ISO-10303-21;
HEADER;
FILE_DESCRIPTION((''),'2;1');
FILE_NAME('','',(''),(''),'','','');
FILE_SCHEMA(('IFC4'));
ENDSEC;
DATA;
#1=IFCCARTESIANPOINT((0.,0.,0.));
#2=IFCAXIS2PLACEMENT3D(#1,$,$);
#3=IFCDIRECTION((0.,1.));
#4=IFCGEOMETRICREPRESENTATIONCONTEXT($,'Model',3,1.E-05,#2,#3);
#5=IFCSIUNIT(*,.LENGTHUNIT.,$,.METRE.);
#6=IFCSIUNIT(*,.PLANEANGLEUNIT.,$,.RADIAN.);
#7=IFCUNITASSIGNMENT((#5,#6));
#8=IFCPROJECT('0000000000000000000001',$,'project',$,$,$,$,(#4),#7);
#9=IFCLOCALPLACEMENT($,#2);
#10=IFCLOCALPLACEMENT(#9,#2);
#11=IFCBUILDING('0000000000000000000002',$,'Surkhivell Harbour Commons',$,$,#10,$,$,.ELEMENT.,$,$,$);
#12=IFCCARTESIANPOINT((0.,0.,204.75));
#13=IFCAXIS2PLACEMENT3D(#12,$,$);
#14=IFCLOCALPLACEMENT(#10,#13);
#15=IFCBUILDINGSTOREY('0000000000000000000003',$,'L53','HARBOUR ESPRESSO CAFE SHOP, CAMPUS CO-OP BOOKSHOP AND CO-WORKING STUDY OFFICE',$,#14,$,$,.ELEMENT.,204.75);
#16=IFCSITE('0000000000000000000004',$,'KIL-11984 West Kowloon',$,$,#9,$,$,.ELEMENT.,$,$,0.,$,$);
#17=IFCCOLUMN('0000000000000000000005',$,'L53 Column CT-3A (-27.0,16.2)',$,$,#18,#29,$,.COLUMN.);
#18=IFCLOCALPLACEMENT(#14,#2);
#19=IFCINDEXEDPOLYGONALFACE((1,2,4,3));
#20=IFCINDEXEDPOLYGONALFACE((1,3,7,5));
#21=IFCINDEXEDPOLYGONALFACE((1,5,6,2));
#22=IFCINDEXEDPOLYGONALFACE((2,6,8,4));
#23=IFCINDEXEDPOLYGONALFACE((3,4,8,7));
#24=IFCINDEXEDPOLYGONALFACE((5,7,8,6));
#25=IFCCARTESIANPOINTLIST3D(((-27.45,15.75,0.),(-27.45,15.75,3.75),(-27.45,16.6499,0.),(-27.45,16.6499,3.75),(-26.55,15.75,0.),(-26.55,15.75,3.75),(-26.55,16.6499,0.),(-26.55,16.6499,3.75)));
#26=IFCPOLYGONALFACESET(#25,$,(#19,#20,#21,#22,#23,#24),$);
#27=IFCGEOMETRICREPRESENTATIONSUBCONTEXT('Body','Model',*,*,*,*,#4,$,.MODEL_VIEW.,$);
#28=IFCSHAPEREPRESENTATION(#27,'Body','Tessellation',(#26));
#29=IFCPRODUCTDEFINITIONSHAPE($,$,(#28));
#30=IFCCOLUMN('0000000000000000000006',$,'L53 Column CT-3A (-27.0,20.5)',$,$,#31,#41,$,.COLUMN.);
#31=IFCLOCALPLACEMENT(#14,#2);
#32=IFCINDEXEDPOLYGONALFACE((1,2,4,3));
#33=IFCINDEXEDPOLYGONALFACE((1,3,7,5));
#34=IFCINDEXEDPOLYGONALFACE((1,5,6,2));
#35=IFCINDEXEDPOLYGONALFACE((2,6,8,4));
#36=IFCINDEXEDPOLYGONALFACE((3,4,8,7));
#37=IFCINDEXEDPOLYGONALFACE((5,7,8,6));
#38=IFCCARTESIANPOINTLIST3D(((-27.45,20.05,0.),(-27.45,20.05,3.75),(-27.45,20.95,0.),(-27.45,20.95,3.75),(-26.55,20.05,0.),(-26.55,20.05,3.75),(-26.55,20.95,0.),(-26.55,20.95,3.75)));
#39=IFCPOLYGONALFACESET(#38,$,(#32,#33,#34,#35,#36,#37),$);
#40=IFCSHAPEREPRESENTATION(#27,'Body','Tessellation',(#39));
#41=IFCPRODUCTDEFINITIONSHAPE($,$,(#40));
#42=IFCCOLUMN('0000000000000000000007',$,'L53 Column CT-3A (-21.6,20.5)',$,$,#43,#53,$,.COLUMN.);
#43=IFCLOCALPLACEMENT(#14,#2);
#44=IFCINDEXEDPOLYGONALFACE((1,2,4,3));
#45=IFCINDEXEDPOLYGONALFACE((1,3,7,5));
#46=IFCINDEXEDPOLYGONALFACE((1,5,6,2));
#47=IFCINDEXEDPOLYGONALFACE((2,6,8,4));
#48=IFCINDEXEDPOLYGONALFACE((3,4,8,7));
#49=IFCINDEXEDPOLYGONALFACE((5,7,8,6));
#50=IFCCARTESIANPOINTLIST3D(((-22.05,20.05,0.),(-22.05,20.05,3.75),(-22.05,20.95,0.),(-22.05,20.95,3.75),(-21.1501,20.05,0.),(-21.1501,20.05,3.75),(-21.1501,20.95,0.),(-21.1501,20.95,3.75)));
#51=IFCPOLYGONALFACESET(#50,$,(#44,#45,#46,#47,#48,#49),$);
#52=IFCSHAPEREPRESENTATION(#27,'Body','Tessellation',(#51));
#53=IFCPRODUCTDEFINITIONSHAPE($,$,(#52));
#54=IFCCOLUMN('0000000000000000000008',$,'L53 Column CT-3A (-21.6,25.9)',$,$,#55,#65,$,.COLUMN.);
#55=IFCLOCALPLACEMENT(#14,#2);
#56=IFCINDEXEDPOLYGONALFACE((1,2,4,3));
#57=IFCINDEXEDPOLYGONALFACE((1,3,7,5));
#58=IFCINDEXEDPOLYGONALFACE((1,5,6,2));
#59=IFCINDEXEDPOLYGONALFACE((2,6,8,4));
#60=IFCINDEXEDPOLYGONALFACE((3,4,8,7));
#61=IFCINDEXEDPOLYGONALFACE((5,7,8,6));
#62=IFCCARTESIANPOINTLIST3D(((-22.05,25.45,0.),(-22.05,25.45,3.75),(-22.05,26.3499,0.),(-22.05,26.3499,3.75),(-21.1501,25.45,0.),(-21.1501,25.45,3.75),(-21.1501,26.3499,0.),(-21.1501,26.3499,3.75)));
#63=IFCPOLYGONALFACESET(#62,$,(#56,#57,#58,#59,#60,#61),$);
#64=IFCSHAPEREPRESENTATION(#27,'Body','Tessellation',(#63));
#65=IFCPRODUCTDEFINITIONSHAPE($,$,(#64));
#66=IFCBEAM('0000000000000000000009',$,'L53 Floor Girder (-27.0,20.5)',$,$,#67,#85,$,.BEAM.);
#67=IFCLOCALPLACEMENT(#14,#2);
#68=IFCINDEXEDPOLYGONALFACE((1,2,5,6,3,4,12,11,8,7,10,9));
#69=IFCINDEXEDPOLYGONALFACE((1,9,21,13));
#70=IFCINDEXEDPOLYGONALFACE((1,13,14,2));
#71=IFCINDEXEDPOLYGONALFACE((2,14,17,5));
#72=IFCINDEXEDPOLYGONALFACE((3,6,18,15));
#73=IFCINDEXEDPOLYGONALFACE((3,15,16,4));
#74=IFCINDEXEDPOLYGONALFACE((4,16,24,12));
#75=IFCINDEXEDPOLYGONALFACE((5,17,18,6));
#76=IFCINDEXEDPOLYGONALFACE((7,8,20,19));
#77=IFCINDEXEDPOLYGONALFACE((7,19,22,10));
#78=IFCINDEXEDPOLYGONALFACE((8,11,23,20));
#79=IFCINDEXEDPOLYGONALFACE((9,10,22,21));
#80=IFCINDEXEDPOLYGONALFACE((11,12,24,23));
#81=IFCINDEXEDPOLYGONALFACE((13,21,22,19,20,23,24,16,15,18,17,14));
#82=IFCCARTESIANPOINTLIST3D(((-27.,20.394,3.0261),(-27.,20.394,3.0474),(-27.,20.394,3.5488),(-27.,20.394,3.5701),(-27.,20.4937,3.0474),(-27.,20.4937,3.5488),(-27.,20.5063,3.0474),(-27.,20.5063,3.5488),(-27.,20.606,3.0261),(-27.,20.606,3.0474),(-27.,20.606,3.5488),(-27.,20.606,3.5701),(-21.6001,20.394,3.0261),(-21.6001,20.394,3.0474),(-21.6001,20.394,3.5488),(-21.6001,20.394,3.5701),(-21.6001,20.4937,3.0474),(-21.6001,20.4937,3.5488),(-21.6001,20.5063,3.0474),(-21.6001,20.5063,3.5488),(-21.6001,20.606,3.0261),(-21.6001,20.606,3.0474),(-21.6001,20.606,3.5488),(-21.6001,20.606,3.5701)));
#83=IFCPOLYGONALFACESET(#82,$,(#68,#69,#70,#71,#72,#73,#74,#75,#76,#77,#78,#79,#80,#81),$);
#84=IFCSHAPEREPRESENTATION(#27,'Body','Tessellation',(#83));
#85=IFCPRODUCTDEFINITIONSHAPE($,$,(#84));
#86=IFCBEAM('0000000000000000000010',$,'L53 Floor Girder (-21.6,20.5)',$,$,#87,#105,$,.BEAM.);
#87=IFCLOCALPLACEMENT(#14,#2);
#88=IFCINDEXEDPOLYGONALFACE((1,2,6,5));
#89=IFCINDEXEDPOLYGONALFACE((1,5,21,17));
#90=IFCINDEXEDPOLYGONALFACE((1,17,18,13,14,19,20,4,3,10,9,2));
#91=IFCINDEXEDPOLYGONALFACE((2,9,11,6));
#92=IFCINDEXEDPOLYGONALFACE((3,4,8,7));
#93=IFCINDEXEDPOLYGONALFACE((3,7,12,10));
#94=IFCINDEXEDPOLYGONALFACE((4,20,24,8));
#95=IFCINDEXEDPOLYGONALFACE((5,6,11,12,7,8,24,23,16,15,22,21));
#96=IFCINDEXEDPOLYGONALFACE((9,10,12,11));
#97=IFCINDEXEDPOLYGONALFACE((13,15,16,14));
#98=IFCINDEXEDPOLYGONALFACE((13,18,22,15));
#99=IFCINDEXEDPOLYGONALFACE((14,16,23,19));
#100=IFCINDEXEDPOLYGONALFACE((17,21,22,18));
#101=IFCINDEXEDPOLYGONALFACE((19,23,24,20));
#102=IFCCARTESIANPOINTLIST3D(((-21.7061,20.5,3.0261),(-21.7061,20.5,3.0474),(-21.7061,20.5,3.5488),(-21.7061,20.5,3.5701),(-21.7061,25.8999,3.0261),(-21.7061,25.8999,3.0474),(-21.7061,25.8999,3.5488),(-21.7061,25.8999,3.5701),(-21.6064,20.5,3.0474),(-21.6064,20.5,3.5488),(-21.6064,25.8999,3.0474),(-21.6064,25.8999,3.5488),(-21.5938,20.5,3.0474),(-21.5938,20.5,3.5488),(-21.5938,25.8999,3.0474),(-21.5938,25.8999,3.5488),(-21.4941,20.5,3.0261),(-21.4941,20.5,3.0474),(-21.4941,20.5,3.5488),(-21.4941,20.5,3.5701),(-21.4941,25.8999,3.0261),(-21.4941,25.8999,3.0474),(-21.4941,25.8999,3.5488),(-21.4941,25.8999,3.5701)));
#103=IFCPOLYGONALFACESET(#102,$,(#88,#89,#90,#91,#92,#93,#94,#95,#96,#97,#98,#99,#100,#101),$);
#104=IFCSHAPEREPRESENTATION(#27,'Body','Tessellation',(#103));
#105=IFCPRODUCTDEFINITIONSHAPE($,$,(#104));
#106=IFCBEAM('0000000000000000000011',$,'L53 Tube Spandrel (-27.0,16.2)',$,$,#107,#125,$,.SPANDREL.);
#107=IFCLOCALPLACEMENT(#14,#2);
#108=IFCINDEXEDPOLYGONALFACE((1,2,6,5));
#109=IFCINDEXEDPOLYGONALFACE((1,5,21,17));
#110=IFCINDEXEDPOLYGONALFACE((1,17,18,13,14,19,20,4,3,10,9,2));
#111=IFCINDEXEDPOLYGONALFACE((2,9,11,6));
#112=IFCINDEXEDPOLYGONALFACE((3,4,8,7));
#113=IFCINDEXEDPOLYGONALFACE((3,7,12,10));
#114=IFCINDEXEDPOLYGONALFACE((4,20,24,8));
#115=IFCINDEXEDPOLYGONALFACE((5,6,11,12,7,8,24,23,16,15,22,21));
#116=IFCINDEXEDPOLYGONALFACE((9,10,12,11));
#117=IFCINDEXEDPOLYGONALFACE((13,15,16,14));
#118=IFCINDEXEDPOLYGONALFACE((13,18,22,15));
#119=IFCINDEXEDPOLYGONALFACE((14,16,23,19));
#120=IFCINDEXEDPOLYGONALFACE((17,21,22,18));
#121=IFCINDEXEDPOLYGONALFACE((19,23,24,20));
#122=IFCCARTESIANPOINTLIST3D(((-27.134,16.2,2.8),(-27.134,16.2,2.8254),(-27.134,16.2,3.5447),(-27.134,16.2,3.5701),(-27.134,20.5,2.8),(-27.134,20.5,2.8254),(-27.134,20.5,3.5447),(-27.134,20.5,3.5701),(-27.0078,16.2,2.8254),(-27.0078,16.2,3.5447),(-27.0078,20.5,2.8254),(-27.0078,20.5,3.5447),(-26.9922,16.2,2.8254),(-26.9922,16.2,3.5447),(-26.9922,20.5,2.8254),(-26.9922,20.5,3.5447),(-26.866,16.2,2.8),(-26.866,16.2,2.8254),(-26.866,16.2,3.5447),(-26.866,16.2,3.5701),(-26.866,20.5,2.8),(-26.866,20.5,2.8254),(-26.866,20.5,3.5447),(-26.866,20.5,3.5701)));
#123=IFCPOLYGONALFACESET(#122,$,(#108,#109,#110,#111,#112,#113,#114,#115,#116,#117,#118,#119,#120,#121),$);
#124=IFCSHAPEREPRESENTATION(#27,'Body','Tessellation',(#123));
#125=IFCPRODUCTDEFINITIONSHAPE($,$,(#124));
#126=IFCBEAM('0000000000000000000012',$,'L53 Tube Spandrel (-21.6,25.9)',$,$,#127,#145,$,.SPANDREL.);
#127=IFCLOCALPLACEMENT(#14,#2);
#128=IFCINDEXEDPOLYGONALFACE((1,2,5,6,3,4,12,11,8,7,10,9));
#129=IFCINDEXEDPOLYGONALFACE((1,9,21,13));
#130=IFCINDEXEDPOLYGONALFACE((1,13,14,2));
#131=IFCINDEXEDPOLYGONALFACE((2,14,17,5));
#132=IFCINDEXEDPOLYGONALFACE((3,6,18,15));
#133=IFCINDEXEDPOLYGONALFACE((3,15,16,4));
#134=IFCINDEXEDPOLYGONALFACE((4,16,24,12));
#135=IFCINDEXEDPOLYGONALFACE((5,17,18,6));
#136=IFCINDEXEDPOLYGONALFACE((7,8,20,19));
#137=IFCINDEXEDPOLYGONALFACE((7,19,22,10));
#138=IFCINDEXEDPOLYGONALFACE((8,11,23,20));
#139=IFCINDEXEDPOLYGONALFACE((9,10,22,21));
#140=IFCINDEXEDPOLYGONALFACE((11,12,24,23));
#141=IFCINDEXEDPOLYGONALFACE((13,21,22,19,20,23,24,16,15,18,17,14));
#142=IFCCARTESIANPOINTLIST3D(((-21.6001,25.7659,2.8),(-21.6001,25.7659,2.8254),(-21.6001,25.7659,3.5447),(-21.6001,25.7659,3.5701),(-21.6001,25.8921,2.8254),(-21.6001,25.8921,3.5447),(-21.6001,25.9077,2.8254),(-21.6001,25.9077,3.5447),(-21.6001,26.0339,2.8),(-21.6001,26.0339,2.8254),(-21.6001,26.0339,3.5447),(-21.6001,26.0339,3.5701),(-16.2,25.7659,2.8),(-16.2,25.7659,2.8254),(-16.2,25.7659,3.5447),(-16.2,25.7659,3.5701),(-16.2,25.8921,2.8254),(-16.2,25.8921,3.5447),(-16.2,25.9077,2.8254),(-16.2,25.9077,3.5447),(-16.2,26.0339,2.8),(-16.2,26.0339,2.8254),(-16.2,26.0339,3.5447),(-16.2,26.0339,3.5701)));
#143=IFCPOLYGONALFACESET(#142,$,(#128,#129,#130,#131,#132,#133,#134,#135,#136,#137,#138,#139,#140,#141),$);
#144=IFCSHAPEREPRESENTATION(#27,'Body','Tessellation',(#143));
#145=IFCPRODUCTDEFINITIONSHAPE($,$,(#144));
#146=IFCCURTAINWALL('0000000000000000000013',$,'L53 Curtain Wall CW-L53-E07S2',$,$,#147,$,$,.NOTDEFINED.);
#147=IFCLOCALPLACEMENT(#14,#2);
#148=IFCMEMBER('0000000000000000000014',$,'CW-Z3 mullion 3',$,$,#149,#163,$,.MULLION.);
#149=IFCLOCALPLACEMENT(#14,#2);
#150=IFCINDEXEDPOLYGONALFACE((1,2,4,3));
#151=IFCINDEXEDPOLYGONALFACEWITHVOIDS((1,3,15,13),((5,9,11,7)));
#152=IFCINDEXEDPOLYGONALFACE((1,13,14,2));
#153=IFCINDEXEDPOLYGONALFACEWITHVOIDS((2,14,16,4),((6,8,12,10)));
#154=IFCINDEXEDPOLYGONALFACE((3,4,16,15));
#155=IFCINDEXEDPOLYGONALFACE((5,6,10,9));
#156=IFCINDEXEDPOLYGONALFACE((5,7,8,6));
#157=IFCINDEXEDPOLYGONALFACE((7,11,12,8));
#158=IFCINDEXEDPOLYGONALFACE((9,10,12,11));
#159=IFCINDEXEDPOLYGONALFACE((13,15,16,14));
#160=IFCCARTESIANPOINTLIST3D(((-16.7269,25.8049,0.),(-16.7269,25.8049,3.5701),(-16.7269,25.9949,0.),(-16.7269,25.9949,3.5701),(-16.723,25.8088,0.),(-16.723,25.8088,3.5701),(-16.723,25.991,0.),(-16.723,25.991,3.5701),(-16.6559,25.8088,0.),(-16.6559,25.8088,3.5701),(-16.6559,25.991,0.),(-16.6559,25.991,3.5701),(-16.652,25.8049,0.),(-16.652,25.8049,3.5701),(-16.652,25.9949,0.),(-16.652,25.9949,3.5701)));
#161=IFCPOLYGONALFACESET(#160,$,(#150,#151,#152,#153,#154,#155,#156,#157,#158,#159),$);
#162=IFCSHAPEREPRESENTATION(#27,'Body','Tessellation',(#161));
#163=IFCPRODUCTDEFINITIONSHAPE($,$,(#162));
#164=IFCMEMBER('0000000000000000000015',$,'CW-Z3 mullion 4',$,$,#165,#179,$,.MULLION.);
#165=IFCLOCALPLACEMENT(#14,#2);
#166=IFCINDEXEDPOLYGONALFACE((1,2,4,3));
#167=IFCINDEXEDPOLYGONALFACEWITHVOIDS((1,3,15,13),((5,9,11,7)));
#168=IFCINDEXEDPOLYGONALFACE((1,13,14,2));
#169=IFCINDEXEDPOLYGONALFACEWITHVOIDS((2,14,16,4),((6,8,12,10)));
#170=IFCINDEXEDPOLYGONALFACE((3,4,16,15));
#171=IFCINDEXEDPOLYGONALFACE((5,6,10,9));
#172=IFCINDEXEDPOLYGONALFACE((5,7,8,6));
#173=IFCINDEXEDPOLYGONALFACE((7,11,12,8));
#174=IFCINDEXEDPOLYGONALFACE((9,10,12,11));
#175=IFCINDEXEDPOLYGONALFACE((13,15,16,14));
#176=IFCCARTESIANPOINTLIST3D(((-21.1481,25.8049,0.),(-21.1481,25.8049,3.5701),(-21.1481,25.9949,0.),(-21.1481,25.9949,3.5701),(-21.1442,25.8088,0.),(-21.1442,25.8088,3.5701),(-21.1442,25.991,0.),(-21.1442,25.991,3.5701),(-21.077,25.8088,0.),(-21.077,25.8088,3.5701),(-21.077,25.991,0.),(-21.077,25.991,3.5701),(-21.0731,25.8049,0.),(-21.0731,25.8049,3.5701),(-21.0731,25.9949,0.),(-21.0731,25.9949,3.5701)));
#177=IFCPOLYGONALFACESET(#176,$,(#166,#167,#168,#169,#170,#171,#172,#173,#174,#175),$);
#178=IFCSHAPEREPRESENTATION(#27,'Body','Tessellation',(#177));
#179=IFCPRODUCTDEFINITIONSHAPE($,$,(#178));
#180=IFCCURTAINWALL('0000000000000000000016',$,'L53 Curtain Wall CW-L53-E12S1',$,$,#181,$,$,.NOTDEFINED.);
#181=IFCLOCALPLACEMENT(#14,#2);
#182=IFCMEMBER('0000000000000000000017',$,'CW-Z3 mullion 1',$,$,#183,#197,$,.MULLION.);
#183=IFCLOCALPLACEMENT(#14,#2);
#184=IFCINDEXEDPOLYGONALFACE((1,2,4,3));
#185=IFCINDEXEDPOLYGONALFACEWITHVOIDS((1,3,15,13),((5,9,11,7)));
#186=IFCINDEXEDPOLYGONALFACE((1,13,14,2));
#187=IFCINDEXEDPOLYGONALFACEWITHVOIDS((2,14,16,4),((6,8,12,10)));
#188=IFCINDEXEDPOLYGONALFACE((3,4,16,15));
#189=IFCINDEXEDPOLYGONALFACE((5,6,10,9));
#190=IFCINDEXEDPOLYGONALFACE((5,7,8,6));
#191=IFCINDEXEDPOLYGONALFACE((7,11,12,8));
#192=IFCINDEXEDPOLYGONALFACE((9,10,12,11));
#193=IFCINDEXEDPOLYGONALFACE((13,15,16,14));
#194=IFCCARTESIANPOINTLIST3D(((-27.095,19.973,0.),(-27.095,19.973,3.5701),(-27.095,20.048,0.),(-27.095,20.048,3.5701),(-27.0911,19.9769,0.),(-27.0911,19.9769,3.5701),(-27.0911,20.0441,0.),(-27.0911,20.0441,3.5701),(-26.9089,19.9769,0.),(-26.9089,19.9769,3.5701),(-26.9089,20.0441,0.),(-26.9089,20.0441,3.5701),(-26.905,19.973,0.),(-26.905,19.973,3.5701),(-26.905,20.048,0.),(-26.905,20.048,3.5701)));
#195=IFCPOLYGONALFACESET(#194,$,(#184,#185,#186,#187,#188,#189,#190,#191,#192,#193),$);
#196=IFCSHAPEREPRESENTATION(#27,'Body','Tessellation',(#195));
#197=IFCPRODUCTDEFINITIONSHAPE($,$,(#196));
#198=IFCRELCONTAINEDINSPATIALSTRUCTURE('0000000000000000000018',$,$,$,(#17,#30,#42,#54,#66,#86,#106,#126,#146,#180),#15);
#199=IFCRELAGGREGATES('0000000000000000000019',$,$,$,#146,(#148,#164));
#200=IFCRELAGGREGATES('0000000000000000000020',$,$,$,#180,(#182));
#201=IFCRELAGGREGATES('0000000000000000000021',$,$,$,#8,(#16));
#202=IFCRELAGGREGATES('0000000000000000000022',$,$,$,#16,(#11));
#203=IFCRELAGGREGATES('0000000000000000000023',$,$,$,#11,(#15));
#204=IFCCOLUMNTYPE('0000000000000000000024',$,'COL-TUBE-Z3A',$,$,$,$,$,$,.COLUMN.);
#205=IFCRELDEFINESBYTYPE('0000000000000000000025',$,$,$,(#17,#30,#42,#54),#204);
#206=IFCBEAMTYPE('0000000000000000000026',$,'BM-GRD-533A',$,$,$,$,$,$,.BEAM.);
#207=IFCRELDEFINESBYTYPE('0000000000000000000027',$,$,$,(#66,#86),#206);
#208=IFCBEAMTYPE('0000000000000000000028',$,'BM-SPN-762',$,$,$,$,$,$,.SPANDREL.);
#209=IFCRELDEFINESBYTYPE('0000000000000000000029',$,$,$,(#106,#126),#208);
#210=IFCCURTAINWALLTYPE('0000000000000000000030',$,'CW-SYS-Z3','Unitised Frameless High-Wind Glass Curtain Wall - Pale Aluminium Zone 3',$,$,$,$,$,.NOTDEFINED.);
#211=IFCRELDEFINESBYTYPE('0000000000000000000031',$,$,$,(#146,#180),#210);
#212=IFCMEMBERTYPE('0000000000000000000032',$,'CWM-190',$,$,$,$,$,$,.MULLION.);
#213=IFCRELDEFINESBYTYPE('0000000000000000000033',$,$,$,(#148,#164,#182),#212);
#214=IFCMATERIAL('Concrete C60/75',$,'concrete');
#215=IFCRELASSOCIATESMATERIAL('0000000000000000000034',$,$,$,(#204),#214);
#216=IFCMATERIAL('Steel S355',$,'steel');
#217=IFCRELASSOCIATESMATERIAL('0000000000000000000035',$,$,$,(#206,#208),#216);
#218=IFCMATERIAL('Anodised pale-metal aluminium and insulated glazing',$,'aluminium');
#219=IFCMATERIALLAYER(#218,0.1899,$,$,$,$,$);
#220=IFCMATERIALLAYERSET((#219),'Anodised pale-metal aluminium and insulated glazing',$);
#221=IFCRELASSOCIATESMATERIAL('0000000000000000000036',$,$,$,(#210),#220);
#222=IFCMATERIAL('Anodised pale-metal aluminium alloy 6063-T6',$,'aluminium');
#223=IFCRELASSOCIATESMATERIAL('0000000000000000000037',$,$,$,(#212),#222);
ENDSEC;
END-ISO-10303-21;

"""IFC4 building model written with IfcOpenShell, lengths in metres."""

from ifc_helpers import new_model, si_unit, direction, frame, origin, origin_2d, place, context, subcontext, project, spatial, rectangle, hollow_rectangle, i_section, extrude, material, layer, layer_set, material_profile, profile_set, type_object, element, aggregate, save


model = new_model("IFC4")

# Units and contexts
model_context = context("Model", 3, precision=1e-05, world=origin(), true_north=direction((0.0, 1.0)))
body_context = subcontext(model_context, "Body", "Model", "MODEL_VIEW")
ifc_project = project(units=[si_unit("LENGTHUNIT", "METRE"), si_unit("PLANEANGLEUNIT", "RADIAN")], contexts=[model_context])

# Site, building, storey
site_placement = place(None, origin())
site = spatial("IfcSite", under=ifc_project, at=site_placement, Name="KIL-11984 West Kowloon", CompositionType="ELEMENT", RefElevation=0.0)
building_placement = place(site_placement, origin())
building = spatial("IfcBuilding", under=site, at=building_placement, Name="Surkhivell Harbour Commons", CompositionType="ELEMENT")
storey_placement = place(building_placement, frame((0.0, 0.0, 204.75)))
storey = spatial("IfcBuildingStorey", under=building, at=storey_placement, Name="L53", Description="HARBOUR ESPRESSO CAFE SHOP, CAMPUS CO-OP BOOKSHOP AND CO-WORKING STUDY OFFICE", CompositionType="ELEMENT", Elevation=204.75)

# Columns
ifc_material_1 = material(Name="Concrete C60/75", Category="concrete")
ifc_material_profile_1 = material_profile(ifc_material_1, rectangle(XDim=0.8999, YDim=0.8999, at=origin_2d()), Name="RC-COL-900x900")
ifc_profile_set_1 = profile_set([ifc_material_profile_1], Name="Concrete C60/75")
column_type = type_object("IfcColumnType", Name="COL-TUBE-Z3A", PredefinedType="COLUMN", material=ifc_profile_set_1)
for number, where, z_axis, x_axis, name in (
    (1, (-27.0, 16.2, 0.0), (0.0, 0.0, 1.0), (1.0, 0.0, 0.0), "L53 Column CT-3A (-27.0,16.2)"),
    (2, (-27.0, 20.5, 0.0), (0.0, 0.0, 1.0), (1.0, 0.0, 0.0), "L53 Column CT-3A (-27.0,20.5)"),
    (3, (-21.6001, 20.5, 0.0), (0.0, 0.0, 1.0), (1.0, 0.0, 0.0), "L53 Column CT-3A (-21.6,20.5)"),
    (4, (-21.6001, 25.8999, 0.0), (0.0, 0.0, 1.0), (1.0, 0.0, 0.0), "L53 Column CT-3A (-21.6,25.9)"),
):
    element("IfcColumn", number, at=place(storey_placement, frame(where, z_axis=z_axis, x_axis=x_axis)), inside=storey, type_object=column_type, Name=name, PredefinedType="COLUMN", context=body_context, shape_type="SweptSolid", body=[
        extrude(rectangle(XDim=0.8999, YDim=0.8999, at=origin_2d()), origin(), (0.0, 0.0, 1.0), 3.75),
    ])

# Beams
ifc_material_2 = material(Name="Steel S355", Category="steel")
ifc_material_profile_2 = material_profile(ifc_material_2, i_section(OverallWidth=0.2119, OverallDepth=0.5439, WebThickness=0.0127, FlangeThickness=0.0212, at=origin_2d()), Name="UB533x210x122")
ifc_profile_set_2 = profile_set([ifc_material_profile_2], Name="Steel S355")
beam_type_1 = type_object("IfcBeamType", Name="BM-GRD-533A", PredefinedType="BEAM", material=ifc_profile_set_2)
for number, where, z_axis, x_axis, name in (
    (5, (-27.0, 20.5, 3.2981), (1.0, 0.0, 0.0), (0.0, 1.0, 0.0), "L53 Floor Girder (-27.0,20.5)"),
    (6, (-21.6001, 20.5, 3.2981), (0.0, 1.0, 0.0), (-1.0, 0.0, 0.0), "L53 Floor Girder (-21.6,20.5)"),
):
    element("IfcBeam", number, at=place(storey_placement, frame(where, z_axis=z_axis, x_axis=x_axis)), inside=storey, type_object=beam_type_1, Name=name, PredefinedType="BEAM", context=body_context, shape_type="SweptSolid", body=[
        extrude(i_section(OverallWidth=0.2119, OverallDepth=0.5439, WebThickness=0.0127, FlangeThickness=0.0212, at=origin_2d()), origin(), (0.0, 0.0, 1.0), 5.3999),
    ])
ifc_material_profile_3 = material_profile(ifc_material_2, i_section(OverallWidth=0.2681, OverallDepth=0.77, WebThickness=0.0156, FlangeThickness=0.0254, at=origin_2d()), Name="UB762x267x197")
ifc_profile_set_3 = profile_set([ifc_material_profile_3], Name="Steel S355")
beam_type_2 = type_object("IfcBeamType", Name="BM-SPN-762", PredefinedType="SPANDREL", material=ifc_profile_set_3)
beam_1_placement = place(storey_placement, frame((-27.0, 16.2, 3.1851), z_axis=(0.0, 1.0, 0.0), x_axis=(-1.0, 0.0, 0.0)))
element("IfcBeam", 7, at=beam_1_placement, inside=storey, type_object=beam_type_2, Name="L53 Tube Spandrel (-27.0,16.2)", PredefinedType="SPANDREL", context=body_context, shape_type="SweptSolid", body=[
    extrude(i_section(OverallWidth=0.2681, OverallDepth=0.77, WebThickness=0.0156, FlangeThickness=0.0254, at=origin_2d()), origin(), (0.0, 0.0, 1.0), 4.3),
])
beam_2_placement = place(storey_placement, frame((-21.6001, 25.8999, 3.1851), z_axis=(1.0, 0.0, 0.0), x_axis=(0.0, 1.0, 0.0)))
element("IfcBeam", 8, at=beam_2_placement, inside=storey, type_object=beam_type_2, Name="L53 Tube Spandrel (-21.6,25.9)", PredefinedType="SPANDREL", context=body_context, shape_type="SweptSolid", body=[
    extrude(i_section(OverallWidth=0.2681, OverallDepth=0.77, WebThickness=0.0156, FlangeThickness=0.0254, at=origin_2d()), origin(), (0.0, 0.0, 1.0), 5.4001),
])

# Curtain walls, members
ifc_material_3 = material(Name="Anodised pale-metal aluminium and insulated glazing", Category="aluminium")
ifc_layer_1 = layer(ifc_material_3, 0.1899)
ifc_layer_set_1 = layer_set([ifc_layer_1], Name="Anodised pale-metal aluminium and insulated glazing")
curtain_wall_type = type_object("IfcCurtainWallType", Name="CW-SYS-Z3", Description="Unitised Frameless High-Wind Glass Curtain Wall - Pale Aluminium Zone 3", PredefinedType="NOTDEFINED", material=ifc_layer_set_1)
curtain_wall_1_placement = place(storey_placement, origin())
curtain_wall_1 = element("IfcCurtainWall", 9, at=curtain_wall_1_placement, inside=storey, type_object=curtain_wall_type, Name="L53 Curtain Wall CW-L53-E07S2", PredefinedType="NOTDEFINED")
ifc_material_4 = material(Name="Anodised pale-metal aluminium alloy 6063-T6", Category="aluminium")
ifc_material_profile_4 = material_profile(ifc_material_4, hollow_rectangle(XDim=0.075, YDim=0.1899, WallThickness=0.0039, at=origin_2d()), Name="ALU-MULL-75x190")
ifc_profile_set_4 = profile_set([ifc_material_profile_4], Name="Anodised pale-metal aluminium alloy 6063-T6")
member_type_1 = type_object("IfcMemberType", Name="CWM-190", PredefinedType="MULLION", material=ifc_profile_set_4)
member_1_placement = place(storey_placement, frame((-16.6895, 25.8999, 0.0), z_axis=(0.0, 0.0, 1.0), x_axis=(-1.0, 0.0, 0.0)))
member_1 = element("IfcMember", 10, at=member_1_placement, type_object=member_type_1, Name="CW-Z3 mullion 3", PredefinedType="MULLION", context=body_context, shape_type="SweptSolid", body=[
    extrude(hollow_rectangle(XDim=0.075, YDim=0.1899, WallThickness=0.0039, at=origin_2d()), origin(), (0.0, 0.0, 1.0), 3.5701),
])
member_2_placement = place(storey_placement, frame((-21.1106, 25.8999, 0.0), z_axis=(0.0, 0.0, 1.0), x_axis=(-1.0, 0.0, 0.0)))
member_2 = element("IfcMember", 11, at=member_2_placement, type_object=member_type_1, Name="CW-Z3 mullion 4", PredefinedType="MULLION", context=body_context, shape_type="SweptSolid", body=[
    extrude(hollow_rectangle(XDim=0.075, YDim=0.1899, WallThickness=0.0039, at=origin_2d()), origin(), (0.0, 0.0, 1.0), 3.5701),
])
curtain_wall_2_placement = place(storey_placement, origin())
curtain_wall_2 = element("IfcCurtainWall", 12, at=curtain_wall_2_placement, inside=storey, type_object=curtain_wall_type, Name="L53 Curtain Wall CW-L53-E12S1", PredefinedType="NOTDEFINED")
member_3_placement = place(storey_placement, frame((-27.0, 20.0105, 0.0), z_axis=(0.0, 0.0, 1.0), x_axis=(0.0, -1.0, 0.0)))
member_3 = element("IfcMember", 13, at=member_3_placement, type_object=member_type_1, Name="CW-Z3 mullion 1", PredefinedType="MULLION", context=body_context, shape_type="SweptSolid", body=[
    extrude(hollow_rectangle(XDim=0.075, YDim=0.1899, WallThickness=0.0039, at=origin_2d()), origin(), (0.0, 0.0, 1.0), 3.5701),
])

aggregate(curtain_wall_1, [member_1, member_2])
aggregate(curtain_wall_2, [member_3])

save(model, "model.ifc")
